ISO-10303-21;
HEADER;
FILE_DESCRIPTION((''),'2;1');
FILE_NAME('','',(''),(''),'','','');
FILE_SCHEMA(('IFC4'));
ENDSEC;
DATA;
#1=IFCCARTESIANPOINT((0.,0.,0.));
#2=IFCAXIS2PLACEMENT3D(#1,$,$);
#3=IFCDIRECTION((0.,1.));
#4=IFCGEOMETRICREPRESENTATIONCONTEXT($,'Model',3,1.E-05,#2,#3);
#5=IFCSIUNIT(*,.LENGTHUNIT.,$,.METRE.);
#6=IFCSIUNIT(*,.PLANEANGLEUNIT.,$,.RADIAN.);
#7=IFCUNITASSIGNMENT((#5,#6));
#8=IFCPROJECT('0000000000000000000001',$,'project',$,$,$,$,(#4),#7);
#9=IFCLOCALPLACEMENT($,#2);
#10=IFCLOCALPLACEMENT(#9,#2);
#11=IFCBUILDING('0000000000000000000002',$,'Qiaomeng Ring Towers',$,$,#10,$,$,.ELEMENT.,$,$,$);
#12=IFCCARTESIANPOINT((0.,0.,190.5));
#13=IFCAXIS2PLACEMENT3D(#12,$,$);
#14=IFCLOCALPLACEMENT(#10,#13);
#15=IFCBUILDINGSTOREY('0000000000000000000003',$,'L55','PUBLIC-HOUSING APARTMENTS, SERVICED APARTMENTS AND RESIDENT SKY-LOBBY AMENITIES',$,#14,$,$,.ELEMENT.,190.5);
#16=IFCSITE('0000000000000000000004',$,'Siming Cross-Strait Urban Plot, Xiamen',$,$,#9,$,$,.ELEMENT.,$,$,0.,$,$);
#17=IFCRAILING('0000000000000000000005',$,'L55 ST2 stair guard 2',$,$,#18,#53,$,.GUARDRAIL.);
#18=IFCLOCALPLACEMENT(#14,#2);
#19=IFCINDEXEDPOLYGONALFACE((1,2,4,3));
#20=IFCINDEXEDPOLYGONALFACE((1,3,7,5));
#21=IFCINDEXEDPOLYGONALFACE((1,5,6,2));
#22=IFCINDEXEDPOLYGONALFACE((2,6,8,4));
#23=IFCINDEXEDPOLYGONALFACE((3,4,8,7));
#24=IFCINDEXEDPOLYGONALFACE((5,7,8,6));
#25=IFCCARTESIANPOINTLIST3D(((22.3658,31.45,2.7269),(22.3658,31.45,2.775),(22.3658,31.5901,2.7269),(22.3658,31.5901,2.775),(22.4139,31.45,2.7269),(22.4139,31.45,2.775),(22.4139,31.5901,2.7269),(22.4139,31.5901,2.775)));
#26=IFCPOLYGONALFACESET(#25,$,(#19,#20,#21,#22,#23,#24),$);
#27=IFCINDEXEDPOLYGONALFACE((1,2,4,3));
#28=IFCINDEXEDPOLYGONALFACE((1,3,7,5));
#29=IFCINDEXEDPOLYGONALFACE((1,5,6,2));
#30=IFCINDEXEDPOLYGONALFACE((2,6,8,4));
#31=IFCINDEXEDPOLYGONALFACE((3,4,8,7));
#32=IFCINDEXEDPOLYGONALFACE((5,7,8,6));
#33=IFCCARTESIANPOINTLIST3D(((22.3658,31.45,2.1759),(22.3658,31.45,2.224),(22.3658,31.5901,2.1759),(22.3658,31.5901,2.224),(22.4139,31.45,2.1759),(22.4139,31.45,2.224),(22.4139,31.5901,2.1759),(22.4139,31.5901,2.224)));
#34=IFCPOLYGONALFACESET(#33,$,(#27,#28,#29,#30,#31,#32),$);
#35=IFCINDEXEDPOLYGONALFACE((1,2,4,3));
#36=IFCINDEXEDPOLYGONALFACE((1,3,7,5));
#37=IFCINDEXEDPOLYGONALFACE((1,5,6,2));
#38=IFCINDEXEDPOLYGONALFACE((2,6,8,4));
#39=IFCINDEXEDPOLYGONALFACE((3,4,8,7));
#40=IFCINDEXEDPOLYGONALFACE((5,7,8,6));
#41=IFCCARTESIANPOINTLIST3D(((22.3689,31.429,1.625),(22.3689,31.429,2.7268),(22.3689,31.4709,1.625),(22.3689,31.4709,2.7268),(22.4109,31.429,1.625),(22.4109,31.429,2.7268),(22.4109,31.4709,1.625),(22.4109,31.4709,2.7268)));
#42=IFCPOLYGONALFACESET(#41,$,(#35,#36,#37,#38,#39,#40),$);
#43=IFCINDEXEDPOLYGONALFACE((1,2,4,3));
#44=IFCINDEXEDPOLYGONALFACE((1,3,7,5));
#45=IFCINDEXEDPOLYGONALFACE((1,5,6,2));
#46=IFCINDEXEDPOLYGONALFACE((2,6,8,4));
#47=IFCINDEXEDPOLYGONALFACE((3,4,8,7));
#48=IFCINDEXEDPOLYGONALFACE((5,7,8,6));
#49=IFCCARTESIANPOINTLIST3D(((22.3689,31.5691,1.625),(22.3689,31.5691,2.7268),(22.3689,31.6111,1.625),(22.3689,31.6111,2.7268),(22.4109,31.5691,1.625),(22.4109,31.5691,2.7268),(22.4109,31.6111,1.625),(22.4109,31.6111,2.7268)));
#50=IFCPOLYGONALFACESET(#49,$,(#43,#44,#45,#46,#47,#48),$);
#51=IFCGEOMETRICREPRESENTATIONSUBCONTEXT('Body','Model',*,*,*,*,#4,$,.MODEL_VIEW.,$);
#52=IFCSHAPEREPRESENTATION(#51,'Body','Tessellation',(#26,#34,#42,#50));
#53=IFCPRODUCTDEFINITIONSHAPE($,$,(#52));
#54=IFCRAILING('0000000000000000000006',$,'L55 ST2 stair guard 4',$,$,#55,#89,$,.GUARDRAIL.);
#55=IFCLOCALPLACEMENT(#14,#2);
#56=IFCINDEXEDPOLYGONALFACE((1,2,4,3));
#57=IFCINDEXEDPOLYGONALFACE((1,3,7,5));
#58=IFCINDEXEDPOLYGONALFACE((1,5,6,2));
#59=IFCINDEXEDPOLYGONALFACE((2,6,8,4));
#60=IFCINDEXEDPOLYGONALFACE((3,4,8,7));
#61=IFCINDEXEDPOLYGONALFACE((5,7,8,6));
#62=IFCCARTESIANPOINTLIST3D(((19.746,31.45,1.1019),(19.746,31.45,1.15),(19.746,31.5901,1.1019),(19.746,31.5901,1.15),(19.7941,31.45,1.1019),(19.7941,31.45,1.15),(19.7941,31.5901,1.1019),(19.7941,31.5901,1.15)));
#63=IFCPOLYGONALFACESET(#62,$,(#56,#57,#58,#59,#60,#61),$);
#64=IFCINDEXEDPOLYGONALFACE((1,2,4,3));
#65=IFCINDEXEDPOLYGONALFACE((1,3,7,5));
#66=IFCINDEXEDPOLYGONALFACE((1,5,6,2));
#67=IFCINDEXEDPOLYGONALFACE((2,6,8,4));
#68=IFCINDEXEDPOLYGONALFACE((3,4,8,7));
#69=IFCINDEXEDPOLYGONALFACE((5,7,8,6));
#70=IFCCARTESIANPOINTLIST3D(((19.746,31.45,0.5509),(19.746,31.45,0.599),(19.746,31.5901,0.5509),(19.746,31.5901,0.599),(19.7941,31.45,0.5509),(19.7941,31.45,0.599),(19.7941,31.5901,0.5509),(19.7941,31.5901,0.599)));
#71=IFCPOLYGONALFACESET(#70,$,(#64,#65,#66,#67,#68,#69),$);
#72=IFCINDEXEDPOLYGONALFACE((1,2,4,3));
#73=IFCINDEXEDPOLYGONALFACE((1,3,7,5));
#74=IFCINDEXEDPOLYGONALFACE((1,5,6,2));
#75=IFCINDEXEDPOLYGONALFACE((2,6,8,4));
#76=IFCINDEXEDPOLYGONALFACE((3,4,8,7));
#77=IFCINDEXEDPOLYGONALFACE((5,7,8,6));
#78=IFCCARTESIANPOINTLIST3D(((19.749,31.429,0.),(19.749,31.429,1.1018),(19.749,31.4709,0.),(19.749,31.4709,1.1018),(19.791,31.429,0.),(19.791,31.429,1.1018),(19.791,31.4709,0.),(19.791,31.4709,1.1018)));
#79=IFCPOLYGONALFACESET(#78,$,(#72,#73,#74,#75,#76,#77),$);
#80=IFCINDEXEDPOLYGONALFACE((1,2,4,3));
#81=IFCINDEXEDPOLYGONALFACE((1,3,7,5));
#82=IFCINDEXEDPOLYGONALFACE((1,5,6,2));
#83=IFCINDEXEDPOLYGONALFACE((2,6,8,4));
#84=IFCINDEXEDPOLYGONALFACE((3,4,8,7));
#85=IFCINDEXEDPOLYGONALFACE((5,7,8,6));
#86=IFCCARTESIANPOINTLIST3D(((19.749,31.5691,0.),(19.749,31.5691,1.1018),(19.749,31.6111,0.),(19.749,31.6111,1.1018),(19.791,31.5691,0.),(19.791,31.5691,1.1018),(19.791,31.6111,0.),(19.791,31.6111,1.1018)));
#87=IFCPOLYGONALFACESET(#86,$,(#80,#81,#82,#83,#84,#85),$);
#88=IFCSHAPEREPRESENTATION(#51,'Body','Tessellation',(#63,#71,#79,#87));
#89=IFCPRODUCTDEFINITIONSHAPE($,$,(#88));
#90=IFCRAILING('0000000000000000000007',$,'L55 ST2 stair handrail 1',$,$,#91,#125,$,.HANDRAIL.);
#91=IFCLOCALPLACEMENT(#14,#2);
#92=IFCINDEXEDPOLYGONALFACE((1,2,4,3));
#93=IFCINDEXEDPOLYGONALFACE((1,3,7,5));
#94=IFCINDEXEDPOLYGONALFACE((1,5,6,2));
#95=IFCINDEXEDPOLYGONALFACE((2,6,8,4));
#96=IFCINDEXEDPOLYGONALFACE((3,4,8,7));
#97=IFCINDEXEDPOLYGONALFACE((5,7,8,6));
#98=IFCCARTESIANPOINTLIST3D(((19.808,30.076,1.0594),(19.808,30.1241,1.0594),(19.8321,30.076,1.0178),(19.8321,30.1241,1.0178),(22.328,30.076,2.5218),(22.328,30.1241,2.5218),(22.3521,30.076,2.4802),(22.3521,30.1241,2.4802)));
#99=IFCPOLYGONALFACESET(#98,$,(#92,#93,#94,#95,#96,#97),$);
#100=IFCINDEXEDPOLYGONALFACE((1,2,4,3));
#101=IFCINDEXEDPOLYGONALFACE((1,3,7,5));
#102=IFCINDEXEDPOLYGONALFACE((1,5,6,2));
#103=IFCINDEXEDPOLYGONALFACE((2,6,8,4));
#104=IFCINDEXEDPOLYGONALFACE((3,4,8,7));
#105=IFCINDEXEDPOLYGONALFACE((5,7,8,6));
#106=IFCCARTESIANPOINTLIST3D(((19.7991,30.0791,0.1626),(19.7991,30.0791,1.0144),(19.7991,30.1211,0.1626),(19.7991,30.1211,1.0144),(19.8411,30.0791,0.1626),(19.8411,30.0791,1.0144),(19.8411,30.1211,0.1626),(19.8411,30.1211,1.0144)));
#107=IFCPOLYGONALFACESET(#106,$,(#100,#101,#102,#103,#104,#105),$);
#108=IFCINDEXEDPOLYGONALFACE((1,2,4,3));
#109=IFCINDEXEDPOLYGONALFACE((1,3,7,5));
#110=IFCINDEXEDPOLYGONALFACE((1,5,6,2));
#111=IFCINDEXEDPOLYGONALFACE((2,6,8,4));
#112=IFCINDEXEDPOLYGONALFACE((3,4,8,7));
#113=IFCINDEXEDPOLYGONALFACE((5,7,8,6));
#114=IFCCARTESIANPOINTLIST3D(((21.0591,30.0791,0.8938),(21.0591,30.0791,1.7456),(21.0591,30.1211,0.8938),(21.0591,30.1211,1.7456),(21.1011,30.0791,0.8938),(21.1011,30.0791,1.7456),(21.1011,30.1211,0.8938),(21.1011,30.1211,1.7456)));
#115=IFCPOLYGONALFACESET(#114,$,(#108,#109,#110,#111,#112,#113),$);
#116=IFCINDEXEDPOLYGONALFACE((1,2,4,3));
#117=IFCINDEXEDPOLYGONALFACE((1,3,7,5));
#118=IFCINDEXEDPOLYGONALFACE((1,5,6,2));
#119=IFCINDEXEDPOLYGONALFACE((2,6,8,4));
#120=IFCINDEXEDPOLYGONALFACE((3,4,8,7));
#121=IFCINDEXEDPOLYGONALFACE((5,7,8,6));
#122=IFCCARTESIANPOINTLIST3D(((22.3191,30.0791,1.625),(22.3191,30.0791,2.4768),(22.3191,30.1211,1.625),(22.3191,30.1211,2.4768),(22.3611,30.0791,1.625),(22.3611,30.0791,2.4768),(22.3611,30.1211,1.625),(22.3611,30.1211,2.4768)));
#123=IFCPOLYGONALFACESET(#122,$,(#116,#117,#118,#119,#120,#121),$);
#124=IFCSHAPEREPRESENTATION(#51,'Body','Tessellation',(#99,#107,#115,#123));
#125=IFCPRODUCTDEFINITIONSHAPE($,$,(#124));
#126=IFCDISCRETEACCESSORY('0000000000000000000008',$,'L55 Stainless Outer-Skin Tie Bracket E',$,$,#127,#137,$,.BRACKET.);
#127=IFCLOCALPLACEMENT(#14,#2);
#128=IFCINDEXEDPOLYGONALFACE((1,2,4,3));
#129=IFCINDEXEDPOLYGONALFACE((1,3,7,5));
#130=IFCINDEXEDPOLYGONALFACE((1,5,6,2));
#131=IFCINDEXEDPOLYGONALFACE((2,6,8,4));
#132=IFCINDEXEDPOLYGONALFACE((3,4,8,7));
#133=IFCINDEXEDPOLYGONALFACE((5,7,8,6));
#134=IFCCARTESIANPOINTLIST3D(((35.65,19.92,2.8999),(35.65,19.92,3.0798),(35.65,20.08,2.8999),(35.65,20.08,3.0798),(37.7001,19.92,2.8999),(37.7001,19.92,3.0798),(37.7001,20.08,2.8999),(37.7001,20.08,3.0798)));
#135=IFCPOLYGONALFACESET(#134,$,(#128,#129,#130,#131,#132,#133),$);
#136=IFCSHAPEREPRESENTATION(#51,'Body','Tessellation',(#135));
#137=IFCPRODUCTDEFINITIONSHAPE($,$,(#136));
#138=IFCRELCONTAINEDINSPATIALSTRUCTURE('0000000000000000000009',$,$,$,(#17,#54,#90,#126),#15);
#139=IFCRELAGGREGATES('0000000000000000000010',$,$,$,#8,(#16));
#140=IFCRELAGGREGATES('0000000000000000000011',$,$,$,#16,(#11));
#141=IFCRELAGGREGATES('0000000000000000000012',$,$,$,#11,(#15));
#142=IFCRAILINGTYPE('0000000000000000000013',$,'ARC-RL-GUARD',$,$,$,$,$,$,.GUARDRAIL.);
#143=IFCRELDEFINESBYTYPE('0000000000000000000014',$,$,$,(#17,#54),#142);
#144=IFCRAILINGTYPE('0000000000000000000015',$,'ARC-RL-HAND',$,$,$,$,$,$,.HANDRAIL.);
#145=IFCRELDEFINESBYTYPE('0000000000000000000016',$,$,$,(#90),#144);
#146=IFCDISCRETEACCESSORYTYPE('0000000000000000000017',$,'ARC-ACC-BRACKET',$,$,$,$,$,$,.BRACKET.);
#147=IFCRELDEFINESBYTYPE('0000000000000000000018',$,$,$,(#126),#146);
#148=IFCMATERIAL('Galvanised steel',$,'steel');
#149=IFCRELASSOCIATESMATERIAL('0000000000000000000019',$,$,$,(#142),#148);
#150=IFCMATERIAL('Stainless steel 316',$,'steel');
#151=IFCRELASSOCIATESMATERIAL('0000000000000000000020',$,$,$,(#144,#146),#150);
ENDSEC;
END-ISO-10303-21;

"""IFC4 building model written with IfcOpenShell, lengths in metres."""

from ifc_helpers import new_model, si_unit, direction, frame, origin, origin_2d, place, context, subcontext, project, spatial, rectangle, extrude, source, transform, mapped, material, type_object, element, save


model = new_model("IFC4")

# Units and contexts
model_context = context("Model", 3, precision=1e-05, world=origin(), true_north=direction((0.0, 1.0)))
body_context = subcontext(model_context, "Body", "Model", "MODEL_VIEW")
ifc_project = project(units=[si_unit("LENGTHUNIT", "METRE"), si_unit("PLANEANGLEUNIT", "RADIAN")], contexts=[model_context])

# Site, building, storey
site_placement = place(None, origin())
site = spatial("IfcSite", under=ifc_project, at=site_placement, Name="Siming Cross-Strait Urban Plot, Xiamen", CompositionType="ELEMENT", RefElevation=0.0)
building_placement = place(site_placement, origin())
building = spatial("IfcBuilding", under=site, at=building_placement, Name="Qiaomeng Ring Towers", CompositionType="ELEMENT")
storey_placement = place(building_placement, frame((0.0, 0.0, 190.5)))
storey = spatial("IfcBuildingStorey", under=building, at=storey_placement, Name="L55", Description="PUBLIC-HOUSING APARTMENTS, SERVICED APARTMENTS AND RESIDENT SKY-LOBBY AMENITIES", CompositionType="ELEMENT", Elevation=190.5)

# Shared definitions
ifc_material_1 = material(Name="Stainless steel 316", Category="steel")

# Shared definitions
ifc_material_2 = material(Name="Galvanised steel", Category="steel")

# Railings
railing_type_1 = type_object("IfcRailingType", Name="ARC-RL-GUARD", PredefinedType="GUARDRAIL", material=ifc_material_2)
for number, where, name in (
    (1, (22.3899, 31.45, 1.625), "L55 ST2 stair guard 2"),
    (2, (19.77, 31.45, 0.0), "L55 ST2 stair guard 4"),
):
    element("IfcRailing", number, at=place(storey_placement, frame(where)), inside=storey, type_object=railing_type_1, Name=name, PredefinedType="GUARDRAIL", context=body_context, shape_type="SweptSolid", body=[
        extrude(rectangle(XDim=0.0481, YDim=0.0481, at=origin_2d()), frame((0.0, 0.0, 1.126), z_axis=(0.0, 1.0, 0.0), x_axis=(-1.0, 0.0, 0.0)), (0.0, 0.0, 1.0), 0.1401),
        extrude(rectangle(XDim=0.0481, YDim=0.0481, at=origin_2d()), frame((0.0, 0.0, 0.575), z_axis=(0.0, 1.0, 0.0), x_axis=(-1.0, 0.0, 0.0)), (0.0, 0.0, 1.0), 0.1401),
        extrude(rectangle(XDim=0.042, YDim=0.042, at=origin_2d()), origin(), (0.0, 0.0, 1.0), 1.1018),
        extrude(rectangle(XDim=0.042, YDim=0.042, at=origin_2d()), frame((0.0, 0.1401, 0.0)), (0.0, 0.0, 1.0), 1.1018),
    ])
railing_type_2 = type_object("IfcRailingType", Name="ARC-RL-HAND", PredefinedType="HANDRAIL", material=ifc_material_1)
railing_1_placement = place(storey_placement, frame((19.8201, 30.1001, 0.1626)))
element("IfcRailing", 3, at=railing_1_placement, inside=storey, type_object=railing_type_2, Name="L55 ST2 stair handrail 1", PredefinedType="HANDRAIL", context=body_context, shape_type="SweptSolid", body=[
    extrude(rectangle(XDim=0.0481, YDim=0.0481, at=origin_2d()), frame((0.0, 0.0, 0.876), z_axis=(0.864913, 0.0, 0.501921), x_axis=(0.0, 1.0, 0.0)), (0.0, 0.0, 1.0), 2.9136),
    extrude(rectangle(XDim=0.042, YDim=0.042, at=origin_2d()), origin(), (0.0, 0.0, 1.0), 0.8518),
    extrude(rectangle(XDim=0.042, YDim=0.042, at=origin_2d()), frame((1.26, 0.0, 0.7312)), (0.0, 0.0, 1.0), 0.8518),
    extrude(rectangle(XDim=0.042, YDim=0.042, at=origin_2d()), frame((2.52, 0.0, 1.4624)), (0.0, 0.0, 1.0), 0.8518),
])

# Discrete accessory
discrete_accessory_type = type_object("IfcDiscreteAccessoryType", Name="ARC-ACC-BRACKET", PredefinedType="BRACKET", material=ifc_material_1)
shared_shape_1 = source(origin(), body_context, "Body", "SweptSolid", [
    extrude(rectangle(XDim=2.05, YDim=0.1599, at=origin_2d()), origin(), (0.0, 0.0, 1.0), 0.1799),
])
discrete_accessory_placement = place(storey_placement, frame((36.675, 20.0, 2.8999), z_axis=(0.0, 0.0, 1.0), x_axis=(1.0, 0.0, 0.0)))
element("IfcDiscreteAccessory", 4, at=discrete_accessory_placement, inside=storey, type_object=discrete_accessory_type, Name="L55 Stainless Outer-Skin Tie Bracket E", PredefinedType="BRACKET", context=body_context, shape_type="MappedRepresentation", body=[
    mapped(shared_shape_1, transform((0.0, 0.0, 0.0), x_axis=(1.0, 0.0, 0.0), y_axis=(0.0, 1.0, 0.0), z_axis=(0.0, 0.0, 1.0), scale=1.0)),
])

save(model, "model.ifc")
